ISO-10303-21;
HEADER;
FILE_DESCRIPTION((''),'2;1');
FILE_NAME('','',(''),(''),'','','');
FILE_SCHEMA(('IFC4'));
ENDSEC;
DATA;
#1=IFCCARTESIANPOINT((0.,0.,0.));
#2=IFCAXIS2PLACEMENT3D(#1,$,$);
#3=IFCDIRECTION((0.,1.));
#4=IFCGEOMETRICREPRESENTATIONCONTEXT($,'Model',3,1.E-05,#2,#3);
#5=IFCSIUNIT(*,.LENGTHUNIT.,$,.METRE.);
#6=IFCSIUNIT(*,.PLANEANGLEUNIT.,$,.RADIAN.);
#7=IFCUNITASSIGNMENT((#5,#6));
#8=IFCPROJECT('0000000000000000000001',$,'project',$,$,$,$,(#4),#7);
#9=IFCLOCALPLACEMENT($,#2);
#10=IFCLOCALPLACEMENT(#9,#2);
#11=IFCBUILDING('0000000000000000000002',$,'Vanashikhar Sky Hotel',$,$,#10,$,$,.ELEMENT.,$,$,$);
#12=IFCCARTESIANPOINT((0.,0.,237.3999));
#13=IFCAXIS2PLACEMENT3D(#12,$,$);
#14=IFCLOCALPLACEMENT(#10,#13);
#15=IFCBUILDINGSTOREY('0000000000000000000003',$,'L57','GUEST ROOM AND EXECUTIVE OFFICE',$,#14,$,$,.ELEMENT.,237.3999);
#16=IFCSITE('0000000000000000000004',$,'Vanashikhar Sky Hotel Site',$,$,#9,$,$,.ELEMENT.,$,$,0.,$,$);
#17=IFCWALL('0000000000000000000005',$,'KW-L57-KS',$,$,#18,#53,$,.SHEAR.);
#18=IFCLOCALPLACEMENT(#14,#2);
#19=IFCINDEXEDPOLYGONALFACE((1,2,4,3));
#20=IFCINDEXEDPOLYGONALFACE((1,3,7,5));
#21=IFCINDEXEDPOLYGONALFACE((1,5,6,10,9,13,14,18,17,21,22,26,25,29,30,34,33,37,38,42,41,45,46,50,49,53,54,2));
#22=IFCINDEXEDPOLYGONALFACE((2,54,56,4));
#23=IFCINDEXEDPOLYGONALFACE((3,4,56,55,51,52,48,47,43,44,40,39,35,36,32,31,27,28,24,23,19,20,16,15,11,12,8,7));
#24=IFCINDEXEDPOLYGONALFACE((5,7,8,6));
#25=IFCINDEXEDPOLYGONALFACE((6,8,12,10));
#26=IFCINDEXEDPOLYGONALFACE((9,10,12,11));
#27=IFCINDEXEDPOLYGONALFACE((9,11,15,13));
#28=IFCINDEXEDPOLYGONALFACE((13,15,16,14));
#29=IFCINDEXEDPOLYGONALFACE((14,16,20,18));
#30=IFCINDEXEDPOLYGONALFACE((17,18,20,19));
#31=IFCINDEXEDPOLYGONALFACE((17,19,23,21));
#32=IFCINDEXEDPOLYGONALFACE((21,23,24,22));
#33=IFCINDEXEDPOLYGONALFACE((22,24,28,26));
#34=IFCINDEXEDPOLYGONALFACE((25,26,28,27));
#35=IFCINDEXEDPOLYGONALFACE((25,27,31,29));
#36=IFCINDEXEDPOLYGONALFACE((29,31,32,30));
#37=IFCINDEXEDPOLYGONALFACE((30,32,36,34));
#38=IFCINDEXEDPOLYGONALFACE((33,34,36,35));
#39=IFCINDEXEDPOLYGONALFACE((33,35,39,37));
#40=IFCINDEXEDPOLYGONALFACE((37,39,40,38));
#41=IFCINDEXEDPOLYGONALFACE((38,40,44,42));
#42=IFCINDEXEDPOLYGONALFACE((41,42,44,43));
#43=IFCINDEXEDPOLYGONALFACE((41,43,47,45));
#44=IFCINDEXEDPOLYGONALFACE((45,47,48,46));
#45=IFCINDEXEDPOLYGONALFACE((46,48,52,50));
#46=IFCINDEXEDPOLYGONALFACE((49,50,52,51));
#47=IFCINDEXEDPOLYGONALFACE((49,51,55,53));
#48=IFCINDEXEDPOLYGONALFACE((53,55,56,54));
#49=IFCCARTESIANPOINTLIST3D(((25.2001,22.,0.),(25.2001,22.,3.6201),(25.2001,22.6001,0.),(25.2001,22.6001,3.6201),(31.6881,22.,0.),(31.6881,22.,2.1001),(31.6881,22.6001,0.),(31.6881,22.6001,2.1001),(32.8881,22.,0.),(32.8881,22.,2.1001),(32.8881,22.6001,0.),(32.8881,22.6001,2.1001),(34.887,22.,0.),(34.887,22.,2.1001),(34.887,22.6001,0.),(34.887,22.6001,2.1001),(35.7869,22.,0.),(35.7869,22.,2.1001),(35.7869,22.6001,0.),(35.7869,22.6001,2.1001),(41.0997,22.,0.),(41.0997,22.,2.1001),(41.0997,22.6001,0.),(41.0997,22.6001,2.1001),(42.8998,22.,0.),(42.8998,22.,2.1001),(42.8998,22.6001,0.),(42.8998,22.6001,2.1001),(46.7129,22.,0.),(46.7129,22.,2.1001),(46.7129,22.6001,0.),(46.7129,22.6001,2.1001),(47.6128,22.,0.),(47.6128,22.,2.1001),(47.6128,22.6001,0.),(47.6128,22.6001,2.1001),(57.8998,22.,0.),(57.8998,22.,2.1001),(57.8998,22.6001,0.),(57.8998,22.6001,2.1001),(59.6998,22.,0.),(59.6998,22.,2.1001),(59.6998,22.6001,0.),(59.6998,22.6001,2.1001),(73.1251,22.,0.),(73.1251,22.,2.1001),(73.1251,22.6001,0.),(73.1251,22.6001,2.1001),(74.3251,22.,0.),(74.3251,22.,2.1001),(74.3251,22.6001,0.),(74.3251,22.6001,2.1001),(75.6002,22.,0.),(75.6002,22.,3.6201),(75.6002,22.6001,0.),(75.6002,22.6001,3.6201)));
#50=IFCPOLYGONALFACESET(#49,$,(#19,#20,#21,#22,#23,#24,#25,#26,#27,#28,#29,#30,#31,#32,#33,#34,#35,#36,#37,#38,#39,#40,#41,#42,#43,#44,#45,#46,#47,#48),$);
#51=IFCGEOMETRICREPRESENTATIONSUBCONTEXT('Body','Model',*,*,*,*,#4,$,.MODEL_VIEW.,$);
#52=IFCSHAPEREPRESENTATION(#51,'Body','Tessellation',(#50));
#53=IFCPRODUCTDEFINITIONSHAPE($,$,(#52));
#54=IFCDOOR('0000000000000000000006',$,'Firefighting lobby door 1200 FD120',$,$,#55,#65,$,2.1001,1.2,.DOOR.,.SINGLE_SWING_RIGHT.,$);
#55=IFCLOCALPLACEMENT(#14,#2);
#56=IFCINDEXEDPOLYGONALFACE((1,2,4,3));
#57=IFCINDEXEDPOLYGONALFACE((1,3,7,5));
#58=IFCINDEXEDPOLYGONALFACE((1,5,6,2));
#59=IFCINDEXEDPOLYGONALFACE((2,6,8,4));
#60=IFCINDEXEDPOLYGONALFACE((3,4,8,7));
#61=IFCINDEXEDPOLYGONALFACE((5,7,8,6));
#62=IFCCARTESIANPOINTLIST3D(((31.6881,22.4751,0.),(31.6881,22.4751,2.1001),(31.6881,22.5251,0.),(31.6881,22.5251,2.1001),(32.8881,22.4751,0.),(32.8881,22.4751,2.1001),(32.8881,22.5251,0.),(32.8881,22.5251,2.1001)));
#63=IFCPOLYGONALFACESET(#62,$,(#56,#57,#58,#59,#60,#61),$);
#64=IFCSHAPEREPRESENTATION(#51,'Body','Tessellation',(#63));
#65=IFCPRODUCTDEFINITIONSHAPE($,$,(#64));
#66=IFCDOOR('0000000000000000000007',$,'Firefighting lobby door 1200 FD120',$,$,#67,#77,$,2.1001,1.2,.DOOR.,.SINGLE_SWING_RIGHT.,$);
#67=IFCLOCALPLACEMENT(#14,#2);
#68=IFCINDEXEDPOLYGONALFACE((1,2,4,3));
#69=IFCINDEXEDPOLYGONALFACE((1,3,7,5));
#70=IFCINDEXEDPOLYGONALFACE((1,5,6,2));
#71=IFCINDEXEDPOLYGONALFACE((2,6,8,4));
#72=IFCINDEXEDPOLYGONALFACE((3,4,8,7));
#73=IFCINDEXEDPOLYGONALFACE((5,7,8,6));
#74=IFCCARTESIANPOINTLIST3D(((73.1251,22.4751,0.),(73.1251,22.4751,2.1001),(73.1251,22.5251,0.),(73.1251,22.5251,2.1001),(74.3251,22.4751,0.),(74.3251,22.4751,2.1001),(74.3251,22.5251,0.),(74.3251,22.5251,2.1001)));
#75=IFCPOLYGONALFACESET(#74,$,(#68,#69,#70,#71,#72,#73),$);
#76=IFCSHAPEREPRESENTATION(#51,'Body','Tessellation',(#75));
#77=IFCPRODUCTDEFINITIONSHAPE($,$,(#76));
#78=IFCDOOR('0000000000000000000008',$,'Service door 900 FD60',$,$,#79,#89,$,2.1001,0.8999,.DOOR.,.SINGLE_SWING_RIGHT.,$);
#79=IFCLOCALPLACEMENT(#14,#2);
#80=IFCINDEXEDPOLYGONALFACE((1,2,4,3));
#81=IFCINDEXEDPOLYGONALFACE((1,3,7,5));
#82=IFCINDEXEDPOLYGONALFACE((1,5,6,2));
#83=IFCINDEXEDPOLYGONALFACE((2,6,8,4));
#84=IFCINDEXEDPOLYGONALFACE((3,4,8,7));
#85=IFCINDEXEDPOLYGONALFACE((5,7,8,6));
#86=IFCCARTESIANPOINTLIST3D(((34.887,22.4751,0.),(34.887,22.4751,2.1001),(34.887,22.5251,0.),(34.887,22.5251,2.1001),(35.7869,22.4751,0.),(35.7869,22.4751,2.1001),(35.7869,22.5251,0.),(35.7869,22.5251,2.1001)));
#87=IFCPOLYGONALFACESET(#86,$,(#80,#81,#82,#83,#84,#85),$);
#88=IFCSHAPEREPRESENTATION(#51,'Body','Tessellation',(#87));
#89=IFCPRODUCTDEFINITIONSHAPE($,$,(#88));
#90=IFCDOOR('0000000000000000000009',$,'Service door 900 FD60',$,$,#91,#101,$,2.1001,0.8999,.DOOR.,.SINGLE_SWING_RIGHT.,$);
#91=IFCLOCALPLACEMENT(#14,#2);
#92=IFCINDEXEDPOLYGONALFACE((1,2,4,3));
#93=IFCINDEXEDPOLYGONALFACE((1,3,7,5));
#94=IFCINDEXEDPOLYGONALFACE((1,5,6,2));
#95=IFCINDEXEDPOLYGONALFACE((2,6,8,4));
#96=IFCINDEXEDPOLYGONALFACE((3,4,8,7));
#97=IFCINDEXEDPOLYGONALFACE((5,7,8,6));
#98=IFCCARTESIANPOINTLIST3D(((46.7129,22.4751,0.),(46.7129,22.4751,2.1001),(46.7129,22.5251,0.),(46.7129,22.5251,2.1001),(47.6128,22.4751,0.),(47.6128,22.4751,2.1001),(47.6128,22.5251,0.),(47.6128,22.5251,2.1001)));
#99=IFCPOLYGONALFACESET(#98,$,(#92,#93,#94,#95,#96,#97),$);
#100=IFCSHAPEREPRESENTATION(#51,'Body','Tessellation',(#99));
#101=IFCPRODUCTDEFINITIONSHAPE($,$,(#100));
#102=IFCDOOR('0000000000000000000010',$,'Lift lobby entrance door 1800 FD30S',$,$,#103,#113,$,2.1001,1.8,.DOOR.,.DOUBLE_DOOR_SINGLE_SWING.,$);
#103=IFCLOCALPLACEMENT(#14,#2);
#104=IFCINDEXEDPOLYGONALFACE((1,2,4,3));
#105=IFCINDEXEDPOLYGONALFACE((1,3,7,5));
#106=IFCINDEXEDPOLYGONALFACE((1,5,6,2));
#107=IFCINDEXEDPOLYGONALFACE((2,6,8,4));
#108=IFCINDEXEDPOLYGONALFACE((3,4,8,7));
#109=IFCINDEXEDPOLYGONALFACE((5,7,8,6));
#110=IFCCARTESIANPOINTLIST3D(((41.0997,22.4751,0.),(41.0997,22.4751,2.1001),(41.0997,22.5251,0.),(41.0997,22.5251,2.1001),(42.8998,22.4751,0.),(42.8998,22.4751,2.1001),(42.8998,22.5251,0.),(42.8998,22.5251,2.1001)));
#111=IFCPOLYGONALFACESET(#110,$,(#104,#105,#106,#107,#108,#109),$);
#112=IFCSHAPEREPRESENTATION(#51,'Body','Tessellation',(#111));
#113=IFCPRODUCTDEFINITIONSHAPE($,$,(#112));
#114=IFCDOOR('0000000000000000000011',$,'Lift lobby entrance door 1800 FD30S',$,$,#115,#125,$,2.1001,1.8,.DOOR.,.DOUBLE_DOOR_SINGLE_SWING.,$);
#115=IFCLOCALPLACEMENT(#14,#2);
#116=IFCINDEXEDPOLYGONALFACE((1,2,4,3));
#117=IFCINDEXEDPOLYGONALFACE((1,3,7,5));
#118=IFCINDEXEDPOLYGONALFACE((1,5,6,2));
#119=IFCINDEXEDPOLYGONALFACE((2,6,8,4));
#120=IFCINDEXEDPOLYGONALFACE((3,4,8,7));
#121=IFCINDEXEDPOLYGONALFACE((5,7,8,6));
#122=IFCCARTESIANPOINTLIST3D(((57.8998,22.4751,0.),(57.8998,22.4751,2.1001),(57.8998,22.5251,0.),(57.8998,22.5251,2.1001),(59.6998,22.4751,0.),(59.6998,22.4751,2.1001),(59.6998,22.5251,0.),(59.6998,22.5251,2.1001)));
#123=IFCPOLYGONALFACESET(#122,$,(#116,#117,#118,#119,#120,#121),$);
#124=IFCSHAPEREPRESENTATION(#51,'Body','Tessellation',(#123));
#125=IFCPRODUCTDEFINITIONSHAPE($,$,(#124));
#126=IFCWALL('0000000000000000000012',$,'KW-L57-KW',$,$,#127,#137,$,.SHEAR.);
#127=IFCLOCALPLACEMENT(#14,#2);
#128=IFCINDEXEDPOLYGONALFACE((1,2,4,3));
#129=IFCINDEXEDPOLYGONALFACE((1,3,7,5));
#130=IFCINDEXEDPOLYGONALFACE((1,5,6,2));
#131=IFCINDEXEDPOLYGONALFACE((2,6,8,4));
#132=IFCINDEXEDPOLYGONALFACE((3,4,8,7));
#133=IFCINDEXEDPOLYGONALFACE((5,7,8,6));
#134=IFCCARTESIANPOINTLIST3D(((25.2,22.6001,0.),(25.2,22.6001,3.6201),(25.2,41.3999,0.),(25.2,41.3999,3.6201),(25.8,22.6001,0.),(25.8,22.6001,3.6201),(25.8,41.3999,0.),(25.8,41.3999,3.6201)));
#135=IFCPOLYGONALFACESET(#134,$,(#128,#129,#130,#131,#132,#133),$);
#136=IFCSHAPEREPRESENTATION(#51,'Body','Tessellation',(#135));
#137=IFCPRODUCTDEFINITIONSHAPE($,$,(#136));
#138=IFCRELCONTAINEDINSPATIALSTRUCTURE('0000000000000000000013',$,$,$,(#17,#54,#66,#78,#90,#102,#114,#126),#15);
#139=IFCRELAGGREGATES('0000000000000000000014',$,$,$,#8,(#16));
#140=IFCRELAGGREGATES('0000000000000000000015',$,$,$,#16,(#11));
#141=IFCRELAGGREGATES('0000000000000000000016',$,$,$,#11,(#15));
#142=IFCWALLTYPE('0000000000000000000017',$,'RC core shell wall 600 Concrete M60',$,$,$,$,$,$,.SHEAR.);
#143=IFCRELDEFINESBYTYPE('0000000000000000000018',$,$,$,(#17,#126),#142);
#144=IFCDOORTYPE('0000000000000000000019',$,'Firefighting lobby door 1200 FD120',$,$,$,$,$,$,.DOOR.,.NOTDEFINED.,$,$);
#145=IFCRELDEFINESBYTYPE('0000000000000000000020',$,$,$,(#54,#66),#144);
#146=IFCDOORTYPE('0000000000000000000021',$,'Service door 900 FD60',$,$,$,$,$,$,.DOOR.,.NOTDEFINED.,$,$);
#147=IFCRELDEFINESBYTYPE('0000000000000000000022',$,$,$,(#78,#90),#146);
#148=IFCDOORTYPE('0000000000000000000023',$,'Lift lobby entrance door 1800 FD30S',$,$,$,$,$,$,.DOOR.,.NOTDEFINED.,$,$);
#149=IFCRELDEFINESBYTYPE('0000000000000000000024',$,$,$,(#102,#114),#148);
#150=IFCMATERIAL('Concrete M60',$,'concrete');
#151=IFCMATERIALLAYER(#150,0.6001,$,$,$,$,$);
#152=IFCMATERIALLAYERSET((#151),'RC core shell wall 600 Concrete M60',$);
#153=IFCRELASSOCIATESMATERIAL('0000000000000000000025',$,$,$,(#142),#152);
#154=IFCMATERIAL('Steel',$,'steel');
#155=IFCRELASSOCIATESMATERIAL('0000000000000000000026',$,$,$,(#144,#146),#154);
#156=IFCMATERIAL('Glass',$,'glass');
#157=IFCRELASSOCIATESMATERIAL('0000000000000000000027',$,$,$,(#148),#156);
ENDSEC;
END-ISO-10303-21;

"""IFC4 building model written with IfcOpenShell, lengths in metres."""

from ifc_helpers import new_model, si_unit, direction, frame, frame_2d, origin, place, context, subcontext, project, spatial, rectangle, extrude, source, transform, mapped, material, layer, layer_set, type_object, element, fill, save


model = new_model("IFC4")

# Units and contexts
model_context = context("Model", 3, precision=1e-05, world=origin(), true_north=direction((0.0, 1.0)))
body_context = subcontext(model_context, "Body", "Model", "MODEL_VIEW")
ifc_project = project(units=[si_unit("LENGTHUNIT", "METRE"), si_unit("PLANEANGLEUNIT", "RADIAN")], contexts=[model_context])

# Site, building, storey
site_placement = place(None, origin())
site = spatial("IfcSite", under=ifc_project, at=site_placement, Name="Vanashikhar Sky Hotel Site", CompositionType="ELEMENT", RefElevation=0.0)
building_placement = place(site_placement, origin())
building = spatial("IfcBuilding", under=site, at=building_placement, Name="Vanashikhar Sky Hotel", CompositionType="ELEMENT")
storey_placement = place(building_placement, frame((0.0, 0.0, 237.3999)))
storey = spatial("IfcBuildingStorey", under=building, at=storey_placement, Name="L57", Description="GUEST ROOM AND EXECUTIVE OFFICE", CompositionType="ELEMENT", Elevation=237.3999)

# Wall, openings, doors
ifc_material_1 = material(Name="Concrete M60", Category="concrete")
ifc_layer_1 = layer(ifc_material_1, 0.6001)
ifc_layer_set_1 = layer_set([ifc_layer_1], Name="RC core shell wall 600 Concrete M60")
wall_type_1 = type_object("IfcWallType", Name="RC core shell wall 600 Concrete M60", PredefinedType="SHEAR", material=ifc_layer_set_1)
shared_shape_1 = source(origin(), body_context, "Body", "SweptSolid", [
    extrude(rectangle(XDim=50.4001, YDim=0.6001, at=frame_2d((25.2002, 0.0))), origin(), (0.0, 0.0, 1.0), 3.6201),
])
wall_1_placement = place(storey_placement, frame((25.2, 22.3, 0.0), z_axis=(0.0, 0.0, 1.0), x_axis=(1.0, 0.0, 0.0)))
wall_1 = element("IfcWall", 1, at=wall_1_placement, inside=storey, type_object=wall_type_1, Name="KW-L57-KS", PredefinedType="SHEAR", context=body_context, shape_type="MappedRepresentation", body=[
    mapped(shared_shape_1, transform((0.0, 0.0, 0.0), scale=1.0)),
])
shared_shape_2 = source(origin(), body_context, "Body", "SweptSolid", [
    extrude(rectangle(XDim=1.8, YDim=2.1001, at=frame_2d((0.8999, 1.05))), frame((0.0, 0.3101, 0.0), z_axis=(0.0, -1.0, 0.0), x_axis=(1.0, 0.0, 0.0)), (0.0, 0.0, 1.0), 0.6201),
])
opening_1_placement = place(wall_1_placement, frame((15.8999, 0.0, 0.0)))
opening_1 = element("IfcOpeningElement", 2, at=opening_1_placement, cuts=wall_1, PredefinedType="OPENING", context=body_context, shape_type="MappedRepresentation", body=[
    mapped(shared_shape_2, transform((0.0, 0.0, 0.0), scale=1.0)),
])
shared_shape_3 = source(origin(), body_context, "Body", "SweptSolid", [
    extrude(rectangle(XDim=0.8999, YDim=2.1001, at=frame_2d((0.45, 1.05))), frame((0.0, 0.3101, 0.0), z_axis=(0.0, -1.0, 0.0), x_axis=(1.0, 0.0, 0.0)), (0.0, 0.0, 1.0), 0.6201),
])
opening_2_placement = place(wall_1_placement, frame((9.687, 0.0, 0.0)))
opening_2 = element("IfcOpeningElement", 3, at=opening_2_placement, cuts=wall_1, PredefinedType="OPENING", context=body_context, shape_type="MappedRepresentation", body=[
    mapped(shared_shape_3, transform((0.0, 0.0, 0.0), scale=1.0)),
])
opening_3_placement = place(wall_1_placement, frame((21.5129, 0.0, 0.0)))
opening_3 = element("IfcOpeningElement", 4, at=opening_3_placement, cuts=wall_1, PredefinedType="OPENING", context=body_context, shape_type="MappedRepresentation", body=[
    mapped(shared_shape_3, transform((0.0, 0.0, 0.0), scale=1.0)),
])
opening_4_placement = place(wall_1_placement, frame((32.7, 0.0, 0.0)))
opening_4 = element("IfcOpeningElement", 5, at=opening_4_placement, cuts=wall_1, PredefinedType="OPENING", context=body_context, shape_type="MappedRepresentation", body=[
    mapped(shared_shape_2, transform((0.0, 0.0, 0.0), scale=1.0)),
])
shared_shape_4 = source(origin(), body_context, "Body", "SweptSolid", [
    extrude(rectangle(XDim=1.2, YDim=2.1001, at=frame_2d((0.6001, 1.05))), frame((0.0, 0.3101, 0.0), z_axis=(0.0, -1.0, 0.0), x_axis=(1.0, 0.0, 0.0)), (0.0, 0.0, 1.0), 0.6201),
])
opening_5_placement = place(wall_1_placement, frame((6.488, 0.0, 0.0)))
opening_5 = element("IfcOpeningElement", 6, at=opening_5_placement, cuts=wall_1, PredefinedType="OPENING", context=body_context, shape_type="MappedRepresentation", body=[
    mapped(shared_shape_4, transform((0.0, 0.0, 0.0), scale=1.0)),
])
opening_6_placement = place(wall_1_placement, frame((47.925, 0.0, 0.0)))
opening_6 = element("IfcOpeningElement", 7, at=opening_6_placement, cuts=wall_1, PredefinedType="OPENING", context=body_context, shape_type="MappedRepresentation", body=[
    mapped(shared_shape_4, transform((0.0, 0.0, 0.0), scale=1.0)),
])
ifc_material_2 = material(Name="Steel", Category="steel")
door_type_1 = type_object("IfcDoorType", Name="Firefighting lobby door 1200 FD120", OperationType="NOTDEFINED", PredefinedType="DOOR", material=ifc_material_2)
shared_shape_5 = source(origin(), body_context, "Body", "SweptSolid", [
    extrude(rectangle(XDim=1.2, YDim=2.1001, at=frame_2d((0.6001, 1.05))), frame((0.0, 0.2251, 0.0), z_axis=(0.0, -1.0, 0.0), x_axis=(1.0, 0.0, 0.0)), (0.0, 0.0, 1.0), 0.05),
])
door_1_placement = place(opening_5_placement, origin())
door_1 = element("IfcDoor", 8, at=door_1_placement, inside=storey, type_object=door_type_1, Name="Firefighting lobby door 1200 FD120", OperationType="SINGLE_SWING_RIGHT", OverallHeight=2.1001, OverallWidth=1.2, PredefinedType="DOOR", context=body_context, shape_type="MappedRepresentation", body=[
    mapped(shared_shape_5, transform((0.0, 0.0, 0.0), scale=1.0)),
])
fill(opening_5, door_1)
door_2_placement = place(opening_6_placement, origin())
door_2 = element("IfcDoor", 9, at=door_2_placement, inside=storey, type_object=door_type_1, Name="Firefighting lobby door 1200 FD120", OperationType="SINGLE_SWING_RIGHT", OverallHeight=2.1001, OverallWidth=1.2, PredefinedType="DOOR", context=body_context, shape_type="MappedRepresentation", body=[
    mapped(shared_shape_5, transform((0.0, 0.0, 0.0), scale=1.0)),
])
fill(opening_6, door_2)
door_type_2 = type_object("IfcDoorType", Name="Service door 900 FD60", OperationType="NOTDEFINED", PredefinedType="DOOR", material=ifc_material_2)
shared_shape_6 = source(origin(), body_context, "Body", "SweptSolid", [
    extrude(rectangle(XDim=0.8999, YDim=2.1001, at=frame_2d((0.45, 1.05))), frame((0.0, 0.2251, 0.0), z_axis=(0.0, -1.0, 0.0), x_axis=(1.0, 0.0, 0.0)), (0.0, 0.0, 1.0), 0.05),
])
door_3_placement = place(opening_2_placement, origin())
door_3 = element("IfcDoor", 10, at=door_3_placement, inside=storey, type_object=door_type_2, Name="Service door 900 FD60", OperationType="SINGLE_SWING_RIGHT", OverallHeight=2.1001, OverallWidth=0.8999, PredefinedType="DOOR", context=body_context, shape_type="MappedRepresentation", body=[
    mapped(shared_shape_6, transform((0.0, 0.0, 0.0), scale=1.0)),
])
fill(opening_2, door_3)
door_4_placement = place(opening_3_placement, origin())
door_4 = element("IfcDoor", 11, at=door_4_placement, inside=storey, type_object=door_type_2, Name="Service door 900 FD60", OperationType="SINGLE_SWING_RIGHT", OverallHeight=2.1001, OverallWidth=0.8999, PredefinedType="DOOR", context=body_context, shape_type="MappedRepresentation", body=[
    mapped(shared_shape_6, transform((0.0, 0.0, 0.0), scale=1.0)),
])
fill(opening_3, door_4)
ifc_material_3 = material(Name="Glass", Category="glass")
door_type_3 = type_object("IfcDoorType", Name="Lift lobby entrance door 1800 FD30S", OperationType="NOTDEFINED", PredefinedType="DOOR", material=ifc_material_3)
shared_shape_7 = source(origin(), body_context, "Body", "SweptSolid", [
    extrude(rectangle(XDim=1.8, YDim=2.1001, at=frame_2d((0.8999, 1.05))), frame((0.0, 0.2251, 0.0), z_axis=(0.0, -1.0, 0.0), x_axis=(1.0, 0.0, 0.0)), (0.0, 0.0, 1.0), 0.05),
])
door_5_placement = place(opening_1_placement, origin())
door_5 = element("IfcDoor", 12, at=door_5_placement, inside=storey, type_object=door_type_3, Name="Lift lobby entrance door 1800 FD30S", OperationType="DOUBLE_DOOR_SINGLE_SWING", OverallHeight=2.1001, OverallWidth=1.8, PredefinedType="DOOR", context=body_context, shape_type="MappedRepresentation", body=[
    mapped(shared_shape_7, transform((0.0, 0.0, 0.0), scale=1.0)),
])
fill(opening_1, door_5)
door_6_placement = place(opening_4_placement, origin())
door_6 = element("IfcDoor", 13, at=door_6_placement, inside=storey, type_object=door_type_3, Name="Lift lobby entrance door 1800 FD30S", OperationType="DOUBLE_DOOR_SINGLE_SWING", OverallHeight=2.1001, OverallWidth=1.8, PredefinedType="DOOR", context=body_context, shape_type="MappedRepresentation", body=[
    mapped(shared_shape_7, transform((0.0, 0.0, 0.0), scale=1.0)),
])
fill(opening_4, door_6)

# Wall
shared_shape_8 = source(origin(), body_context, "Body", "SweptSolid", [
    extrude(rectangle(XDim=18.7998, YDim=0.6001, at=frame_2d((9.3999, 0.0))), origin(), (0.0, 0.0, 1.0), 3.6201),
])
wall_2_placement = place(storey_placement, frame((25.5, 22.6001, 0.0), z_axis=(0.0, 0.0, 1.0), x_axis=(0.0, 1.0, 0.0)))
element("IfcWall", 14, at=wall_2_placement, inside=storey, type_object=wall_type_1, Name="KW-L57-KW", PredefinedType="SHEAR", context=body_context, shape_type="MappedRepresentation", body=[
    mapped(shared_shape_8, transform((0.0, 0.0, 0.0), scale=1.0)),
])

save(model, "model.ifc")
